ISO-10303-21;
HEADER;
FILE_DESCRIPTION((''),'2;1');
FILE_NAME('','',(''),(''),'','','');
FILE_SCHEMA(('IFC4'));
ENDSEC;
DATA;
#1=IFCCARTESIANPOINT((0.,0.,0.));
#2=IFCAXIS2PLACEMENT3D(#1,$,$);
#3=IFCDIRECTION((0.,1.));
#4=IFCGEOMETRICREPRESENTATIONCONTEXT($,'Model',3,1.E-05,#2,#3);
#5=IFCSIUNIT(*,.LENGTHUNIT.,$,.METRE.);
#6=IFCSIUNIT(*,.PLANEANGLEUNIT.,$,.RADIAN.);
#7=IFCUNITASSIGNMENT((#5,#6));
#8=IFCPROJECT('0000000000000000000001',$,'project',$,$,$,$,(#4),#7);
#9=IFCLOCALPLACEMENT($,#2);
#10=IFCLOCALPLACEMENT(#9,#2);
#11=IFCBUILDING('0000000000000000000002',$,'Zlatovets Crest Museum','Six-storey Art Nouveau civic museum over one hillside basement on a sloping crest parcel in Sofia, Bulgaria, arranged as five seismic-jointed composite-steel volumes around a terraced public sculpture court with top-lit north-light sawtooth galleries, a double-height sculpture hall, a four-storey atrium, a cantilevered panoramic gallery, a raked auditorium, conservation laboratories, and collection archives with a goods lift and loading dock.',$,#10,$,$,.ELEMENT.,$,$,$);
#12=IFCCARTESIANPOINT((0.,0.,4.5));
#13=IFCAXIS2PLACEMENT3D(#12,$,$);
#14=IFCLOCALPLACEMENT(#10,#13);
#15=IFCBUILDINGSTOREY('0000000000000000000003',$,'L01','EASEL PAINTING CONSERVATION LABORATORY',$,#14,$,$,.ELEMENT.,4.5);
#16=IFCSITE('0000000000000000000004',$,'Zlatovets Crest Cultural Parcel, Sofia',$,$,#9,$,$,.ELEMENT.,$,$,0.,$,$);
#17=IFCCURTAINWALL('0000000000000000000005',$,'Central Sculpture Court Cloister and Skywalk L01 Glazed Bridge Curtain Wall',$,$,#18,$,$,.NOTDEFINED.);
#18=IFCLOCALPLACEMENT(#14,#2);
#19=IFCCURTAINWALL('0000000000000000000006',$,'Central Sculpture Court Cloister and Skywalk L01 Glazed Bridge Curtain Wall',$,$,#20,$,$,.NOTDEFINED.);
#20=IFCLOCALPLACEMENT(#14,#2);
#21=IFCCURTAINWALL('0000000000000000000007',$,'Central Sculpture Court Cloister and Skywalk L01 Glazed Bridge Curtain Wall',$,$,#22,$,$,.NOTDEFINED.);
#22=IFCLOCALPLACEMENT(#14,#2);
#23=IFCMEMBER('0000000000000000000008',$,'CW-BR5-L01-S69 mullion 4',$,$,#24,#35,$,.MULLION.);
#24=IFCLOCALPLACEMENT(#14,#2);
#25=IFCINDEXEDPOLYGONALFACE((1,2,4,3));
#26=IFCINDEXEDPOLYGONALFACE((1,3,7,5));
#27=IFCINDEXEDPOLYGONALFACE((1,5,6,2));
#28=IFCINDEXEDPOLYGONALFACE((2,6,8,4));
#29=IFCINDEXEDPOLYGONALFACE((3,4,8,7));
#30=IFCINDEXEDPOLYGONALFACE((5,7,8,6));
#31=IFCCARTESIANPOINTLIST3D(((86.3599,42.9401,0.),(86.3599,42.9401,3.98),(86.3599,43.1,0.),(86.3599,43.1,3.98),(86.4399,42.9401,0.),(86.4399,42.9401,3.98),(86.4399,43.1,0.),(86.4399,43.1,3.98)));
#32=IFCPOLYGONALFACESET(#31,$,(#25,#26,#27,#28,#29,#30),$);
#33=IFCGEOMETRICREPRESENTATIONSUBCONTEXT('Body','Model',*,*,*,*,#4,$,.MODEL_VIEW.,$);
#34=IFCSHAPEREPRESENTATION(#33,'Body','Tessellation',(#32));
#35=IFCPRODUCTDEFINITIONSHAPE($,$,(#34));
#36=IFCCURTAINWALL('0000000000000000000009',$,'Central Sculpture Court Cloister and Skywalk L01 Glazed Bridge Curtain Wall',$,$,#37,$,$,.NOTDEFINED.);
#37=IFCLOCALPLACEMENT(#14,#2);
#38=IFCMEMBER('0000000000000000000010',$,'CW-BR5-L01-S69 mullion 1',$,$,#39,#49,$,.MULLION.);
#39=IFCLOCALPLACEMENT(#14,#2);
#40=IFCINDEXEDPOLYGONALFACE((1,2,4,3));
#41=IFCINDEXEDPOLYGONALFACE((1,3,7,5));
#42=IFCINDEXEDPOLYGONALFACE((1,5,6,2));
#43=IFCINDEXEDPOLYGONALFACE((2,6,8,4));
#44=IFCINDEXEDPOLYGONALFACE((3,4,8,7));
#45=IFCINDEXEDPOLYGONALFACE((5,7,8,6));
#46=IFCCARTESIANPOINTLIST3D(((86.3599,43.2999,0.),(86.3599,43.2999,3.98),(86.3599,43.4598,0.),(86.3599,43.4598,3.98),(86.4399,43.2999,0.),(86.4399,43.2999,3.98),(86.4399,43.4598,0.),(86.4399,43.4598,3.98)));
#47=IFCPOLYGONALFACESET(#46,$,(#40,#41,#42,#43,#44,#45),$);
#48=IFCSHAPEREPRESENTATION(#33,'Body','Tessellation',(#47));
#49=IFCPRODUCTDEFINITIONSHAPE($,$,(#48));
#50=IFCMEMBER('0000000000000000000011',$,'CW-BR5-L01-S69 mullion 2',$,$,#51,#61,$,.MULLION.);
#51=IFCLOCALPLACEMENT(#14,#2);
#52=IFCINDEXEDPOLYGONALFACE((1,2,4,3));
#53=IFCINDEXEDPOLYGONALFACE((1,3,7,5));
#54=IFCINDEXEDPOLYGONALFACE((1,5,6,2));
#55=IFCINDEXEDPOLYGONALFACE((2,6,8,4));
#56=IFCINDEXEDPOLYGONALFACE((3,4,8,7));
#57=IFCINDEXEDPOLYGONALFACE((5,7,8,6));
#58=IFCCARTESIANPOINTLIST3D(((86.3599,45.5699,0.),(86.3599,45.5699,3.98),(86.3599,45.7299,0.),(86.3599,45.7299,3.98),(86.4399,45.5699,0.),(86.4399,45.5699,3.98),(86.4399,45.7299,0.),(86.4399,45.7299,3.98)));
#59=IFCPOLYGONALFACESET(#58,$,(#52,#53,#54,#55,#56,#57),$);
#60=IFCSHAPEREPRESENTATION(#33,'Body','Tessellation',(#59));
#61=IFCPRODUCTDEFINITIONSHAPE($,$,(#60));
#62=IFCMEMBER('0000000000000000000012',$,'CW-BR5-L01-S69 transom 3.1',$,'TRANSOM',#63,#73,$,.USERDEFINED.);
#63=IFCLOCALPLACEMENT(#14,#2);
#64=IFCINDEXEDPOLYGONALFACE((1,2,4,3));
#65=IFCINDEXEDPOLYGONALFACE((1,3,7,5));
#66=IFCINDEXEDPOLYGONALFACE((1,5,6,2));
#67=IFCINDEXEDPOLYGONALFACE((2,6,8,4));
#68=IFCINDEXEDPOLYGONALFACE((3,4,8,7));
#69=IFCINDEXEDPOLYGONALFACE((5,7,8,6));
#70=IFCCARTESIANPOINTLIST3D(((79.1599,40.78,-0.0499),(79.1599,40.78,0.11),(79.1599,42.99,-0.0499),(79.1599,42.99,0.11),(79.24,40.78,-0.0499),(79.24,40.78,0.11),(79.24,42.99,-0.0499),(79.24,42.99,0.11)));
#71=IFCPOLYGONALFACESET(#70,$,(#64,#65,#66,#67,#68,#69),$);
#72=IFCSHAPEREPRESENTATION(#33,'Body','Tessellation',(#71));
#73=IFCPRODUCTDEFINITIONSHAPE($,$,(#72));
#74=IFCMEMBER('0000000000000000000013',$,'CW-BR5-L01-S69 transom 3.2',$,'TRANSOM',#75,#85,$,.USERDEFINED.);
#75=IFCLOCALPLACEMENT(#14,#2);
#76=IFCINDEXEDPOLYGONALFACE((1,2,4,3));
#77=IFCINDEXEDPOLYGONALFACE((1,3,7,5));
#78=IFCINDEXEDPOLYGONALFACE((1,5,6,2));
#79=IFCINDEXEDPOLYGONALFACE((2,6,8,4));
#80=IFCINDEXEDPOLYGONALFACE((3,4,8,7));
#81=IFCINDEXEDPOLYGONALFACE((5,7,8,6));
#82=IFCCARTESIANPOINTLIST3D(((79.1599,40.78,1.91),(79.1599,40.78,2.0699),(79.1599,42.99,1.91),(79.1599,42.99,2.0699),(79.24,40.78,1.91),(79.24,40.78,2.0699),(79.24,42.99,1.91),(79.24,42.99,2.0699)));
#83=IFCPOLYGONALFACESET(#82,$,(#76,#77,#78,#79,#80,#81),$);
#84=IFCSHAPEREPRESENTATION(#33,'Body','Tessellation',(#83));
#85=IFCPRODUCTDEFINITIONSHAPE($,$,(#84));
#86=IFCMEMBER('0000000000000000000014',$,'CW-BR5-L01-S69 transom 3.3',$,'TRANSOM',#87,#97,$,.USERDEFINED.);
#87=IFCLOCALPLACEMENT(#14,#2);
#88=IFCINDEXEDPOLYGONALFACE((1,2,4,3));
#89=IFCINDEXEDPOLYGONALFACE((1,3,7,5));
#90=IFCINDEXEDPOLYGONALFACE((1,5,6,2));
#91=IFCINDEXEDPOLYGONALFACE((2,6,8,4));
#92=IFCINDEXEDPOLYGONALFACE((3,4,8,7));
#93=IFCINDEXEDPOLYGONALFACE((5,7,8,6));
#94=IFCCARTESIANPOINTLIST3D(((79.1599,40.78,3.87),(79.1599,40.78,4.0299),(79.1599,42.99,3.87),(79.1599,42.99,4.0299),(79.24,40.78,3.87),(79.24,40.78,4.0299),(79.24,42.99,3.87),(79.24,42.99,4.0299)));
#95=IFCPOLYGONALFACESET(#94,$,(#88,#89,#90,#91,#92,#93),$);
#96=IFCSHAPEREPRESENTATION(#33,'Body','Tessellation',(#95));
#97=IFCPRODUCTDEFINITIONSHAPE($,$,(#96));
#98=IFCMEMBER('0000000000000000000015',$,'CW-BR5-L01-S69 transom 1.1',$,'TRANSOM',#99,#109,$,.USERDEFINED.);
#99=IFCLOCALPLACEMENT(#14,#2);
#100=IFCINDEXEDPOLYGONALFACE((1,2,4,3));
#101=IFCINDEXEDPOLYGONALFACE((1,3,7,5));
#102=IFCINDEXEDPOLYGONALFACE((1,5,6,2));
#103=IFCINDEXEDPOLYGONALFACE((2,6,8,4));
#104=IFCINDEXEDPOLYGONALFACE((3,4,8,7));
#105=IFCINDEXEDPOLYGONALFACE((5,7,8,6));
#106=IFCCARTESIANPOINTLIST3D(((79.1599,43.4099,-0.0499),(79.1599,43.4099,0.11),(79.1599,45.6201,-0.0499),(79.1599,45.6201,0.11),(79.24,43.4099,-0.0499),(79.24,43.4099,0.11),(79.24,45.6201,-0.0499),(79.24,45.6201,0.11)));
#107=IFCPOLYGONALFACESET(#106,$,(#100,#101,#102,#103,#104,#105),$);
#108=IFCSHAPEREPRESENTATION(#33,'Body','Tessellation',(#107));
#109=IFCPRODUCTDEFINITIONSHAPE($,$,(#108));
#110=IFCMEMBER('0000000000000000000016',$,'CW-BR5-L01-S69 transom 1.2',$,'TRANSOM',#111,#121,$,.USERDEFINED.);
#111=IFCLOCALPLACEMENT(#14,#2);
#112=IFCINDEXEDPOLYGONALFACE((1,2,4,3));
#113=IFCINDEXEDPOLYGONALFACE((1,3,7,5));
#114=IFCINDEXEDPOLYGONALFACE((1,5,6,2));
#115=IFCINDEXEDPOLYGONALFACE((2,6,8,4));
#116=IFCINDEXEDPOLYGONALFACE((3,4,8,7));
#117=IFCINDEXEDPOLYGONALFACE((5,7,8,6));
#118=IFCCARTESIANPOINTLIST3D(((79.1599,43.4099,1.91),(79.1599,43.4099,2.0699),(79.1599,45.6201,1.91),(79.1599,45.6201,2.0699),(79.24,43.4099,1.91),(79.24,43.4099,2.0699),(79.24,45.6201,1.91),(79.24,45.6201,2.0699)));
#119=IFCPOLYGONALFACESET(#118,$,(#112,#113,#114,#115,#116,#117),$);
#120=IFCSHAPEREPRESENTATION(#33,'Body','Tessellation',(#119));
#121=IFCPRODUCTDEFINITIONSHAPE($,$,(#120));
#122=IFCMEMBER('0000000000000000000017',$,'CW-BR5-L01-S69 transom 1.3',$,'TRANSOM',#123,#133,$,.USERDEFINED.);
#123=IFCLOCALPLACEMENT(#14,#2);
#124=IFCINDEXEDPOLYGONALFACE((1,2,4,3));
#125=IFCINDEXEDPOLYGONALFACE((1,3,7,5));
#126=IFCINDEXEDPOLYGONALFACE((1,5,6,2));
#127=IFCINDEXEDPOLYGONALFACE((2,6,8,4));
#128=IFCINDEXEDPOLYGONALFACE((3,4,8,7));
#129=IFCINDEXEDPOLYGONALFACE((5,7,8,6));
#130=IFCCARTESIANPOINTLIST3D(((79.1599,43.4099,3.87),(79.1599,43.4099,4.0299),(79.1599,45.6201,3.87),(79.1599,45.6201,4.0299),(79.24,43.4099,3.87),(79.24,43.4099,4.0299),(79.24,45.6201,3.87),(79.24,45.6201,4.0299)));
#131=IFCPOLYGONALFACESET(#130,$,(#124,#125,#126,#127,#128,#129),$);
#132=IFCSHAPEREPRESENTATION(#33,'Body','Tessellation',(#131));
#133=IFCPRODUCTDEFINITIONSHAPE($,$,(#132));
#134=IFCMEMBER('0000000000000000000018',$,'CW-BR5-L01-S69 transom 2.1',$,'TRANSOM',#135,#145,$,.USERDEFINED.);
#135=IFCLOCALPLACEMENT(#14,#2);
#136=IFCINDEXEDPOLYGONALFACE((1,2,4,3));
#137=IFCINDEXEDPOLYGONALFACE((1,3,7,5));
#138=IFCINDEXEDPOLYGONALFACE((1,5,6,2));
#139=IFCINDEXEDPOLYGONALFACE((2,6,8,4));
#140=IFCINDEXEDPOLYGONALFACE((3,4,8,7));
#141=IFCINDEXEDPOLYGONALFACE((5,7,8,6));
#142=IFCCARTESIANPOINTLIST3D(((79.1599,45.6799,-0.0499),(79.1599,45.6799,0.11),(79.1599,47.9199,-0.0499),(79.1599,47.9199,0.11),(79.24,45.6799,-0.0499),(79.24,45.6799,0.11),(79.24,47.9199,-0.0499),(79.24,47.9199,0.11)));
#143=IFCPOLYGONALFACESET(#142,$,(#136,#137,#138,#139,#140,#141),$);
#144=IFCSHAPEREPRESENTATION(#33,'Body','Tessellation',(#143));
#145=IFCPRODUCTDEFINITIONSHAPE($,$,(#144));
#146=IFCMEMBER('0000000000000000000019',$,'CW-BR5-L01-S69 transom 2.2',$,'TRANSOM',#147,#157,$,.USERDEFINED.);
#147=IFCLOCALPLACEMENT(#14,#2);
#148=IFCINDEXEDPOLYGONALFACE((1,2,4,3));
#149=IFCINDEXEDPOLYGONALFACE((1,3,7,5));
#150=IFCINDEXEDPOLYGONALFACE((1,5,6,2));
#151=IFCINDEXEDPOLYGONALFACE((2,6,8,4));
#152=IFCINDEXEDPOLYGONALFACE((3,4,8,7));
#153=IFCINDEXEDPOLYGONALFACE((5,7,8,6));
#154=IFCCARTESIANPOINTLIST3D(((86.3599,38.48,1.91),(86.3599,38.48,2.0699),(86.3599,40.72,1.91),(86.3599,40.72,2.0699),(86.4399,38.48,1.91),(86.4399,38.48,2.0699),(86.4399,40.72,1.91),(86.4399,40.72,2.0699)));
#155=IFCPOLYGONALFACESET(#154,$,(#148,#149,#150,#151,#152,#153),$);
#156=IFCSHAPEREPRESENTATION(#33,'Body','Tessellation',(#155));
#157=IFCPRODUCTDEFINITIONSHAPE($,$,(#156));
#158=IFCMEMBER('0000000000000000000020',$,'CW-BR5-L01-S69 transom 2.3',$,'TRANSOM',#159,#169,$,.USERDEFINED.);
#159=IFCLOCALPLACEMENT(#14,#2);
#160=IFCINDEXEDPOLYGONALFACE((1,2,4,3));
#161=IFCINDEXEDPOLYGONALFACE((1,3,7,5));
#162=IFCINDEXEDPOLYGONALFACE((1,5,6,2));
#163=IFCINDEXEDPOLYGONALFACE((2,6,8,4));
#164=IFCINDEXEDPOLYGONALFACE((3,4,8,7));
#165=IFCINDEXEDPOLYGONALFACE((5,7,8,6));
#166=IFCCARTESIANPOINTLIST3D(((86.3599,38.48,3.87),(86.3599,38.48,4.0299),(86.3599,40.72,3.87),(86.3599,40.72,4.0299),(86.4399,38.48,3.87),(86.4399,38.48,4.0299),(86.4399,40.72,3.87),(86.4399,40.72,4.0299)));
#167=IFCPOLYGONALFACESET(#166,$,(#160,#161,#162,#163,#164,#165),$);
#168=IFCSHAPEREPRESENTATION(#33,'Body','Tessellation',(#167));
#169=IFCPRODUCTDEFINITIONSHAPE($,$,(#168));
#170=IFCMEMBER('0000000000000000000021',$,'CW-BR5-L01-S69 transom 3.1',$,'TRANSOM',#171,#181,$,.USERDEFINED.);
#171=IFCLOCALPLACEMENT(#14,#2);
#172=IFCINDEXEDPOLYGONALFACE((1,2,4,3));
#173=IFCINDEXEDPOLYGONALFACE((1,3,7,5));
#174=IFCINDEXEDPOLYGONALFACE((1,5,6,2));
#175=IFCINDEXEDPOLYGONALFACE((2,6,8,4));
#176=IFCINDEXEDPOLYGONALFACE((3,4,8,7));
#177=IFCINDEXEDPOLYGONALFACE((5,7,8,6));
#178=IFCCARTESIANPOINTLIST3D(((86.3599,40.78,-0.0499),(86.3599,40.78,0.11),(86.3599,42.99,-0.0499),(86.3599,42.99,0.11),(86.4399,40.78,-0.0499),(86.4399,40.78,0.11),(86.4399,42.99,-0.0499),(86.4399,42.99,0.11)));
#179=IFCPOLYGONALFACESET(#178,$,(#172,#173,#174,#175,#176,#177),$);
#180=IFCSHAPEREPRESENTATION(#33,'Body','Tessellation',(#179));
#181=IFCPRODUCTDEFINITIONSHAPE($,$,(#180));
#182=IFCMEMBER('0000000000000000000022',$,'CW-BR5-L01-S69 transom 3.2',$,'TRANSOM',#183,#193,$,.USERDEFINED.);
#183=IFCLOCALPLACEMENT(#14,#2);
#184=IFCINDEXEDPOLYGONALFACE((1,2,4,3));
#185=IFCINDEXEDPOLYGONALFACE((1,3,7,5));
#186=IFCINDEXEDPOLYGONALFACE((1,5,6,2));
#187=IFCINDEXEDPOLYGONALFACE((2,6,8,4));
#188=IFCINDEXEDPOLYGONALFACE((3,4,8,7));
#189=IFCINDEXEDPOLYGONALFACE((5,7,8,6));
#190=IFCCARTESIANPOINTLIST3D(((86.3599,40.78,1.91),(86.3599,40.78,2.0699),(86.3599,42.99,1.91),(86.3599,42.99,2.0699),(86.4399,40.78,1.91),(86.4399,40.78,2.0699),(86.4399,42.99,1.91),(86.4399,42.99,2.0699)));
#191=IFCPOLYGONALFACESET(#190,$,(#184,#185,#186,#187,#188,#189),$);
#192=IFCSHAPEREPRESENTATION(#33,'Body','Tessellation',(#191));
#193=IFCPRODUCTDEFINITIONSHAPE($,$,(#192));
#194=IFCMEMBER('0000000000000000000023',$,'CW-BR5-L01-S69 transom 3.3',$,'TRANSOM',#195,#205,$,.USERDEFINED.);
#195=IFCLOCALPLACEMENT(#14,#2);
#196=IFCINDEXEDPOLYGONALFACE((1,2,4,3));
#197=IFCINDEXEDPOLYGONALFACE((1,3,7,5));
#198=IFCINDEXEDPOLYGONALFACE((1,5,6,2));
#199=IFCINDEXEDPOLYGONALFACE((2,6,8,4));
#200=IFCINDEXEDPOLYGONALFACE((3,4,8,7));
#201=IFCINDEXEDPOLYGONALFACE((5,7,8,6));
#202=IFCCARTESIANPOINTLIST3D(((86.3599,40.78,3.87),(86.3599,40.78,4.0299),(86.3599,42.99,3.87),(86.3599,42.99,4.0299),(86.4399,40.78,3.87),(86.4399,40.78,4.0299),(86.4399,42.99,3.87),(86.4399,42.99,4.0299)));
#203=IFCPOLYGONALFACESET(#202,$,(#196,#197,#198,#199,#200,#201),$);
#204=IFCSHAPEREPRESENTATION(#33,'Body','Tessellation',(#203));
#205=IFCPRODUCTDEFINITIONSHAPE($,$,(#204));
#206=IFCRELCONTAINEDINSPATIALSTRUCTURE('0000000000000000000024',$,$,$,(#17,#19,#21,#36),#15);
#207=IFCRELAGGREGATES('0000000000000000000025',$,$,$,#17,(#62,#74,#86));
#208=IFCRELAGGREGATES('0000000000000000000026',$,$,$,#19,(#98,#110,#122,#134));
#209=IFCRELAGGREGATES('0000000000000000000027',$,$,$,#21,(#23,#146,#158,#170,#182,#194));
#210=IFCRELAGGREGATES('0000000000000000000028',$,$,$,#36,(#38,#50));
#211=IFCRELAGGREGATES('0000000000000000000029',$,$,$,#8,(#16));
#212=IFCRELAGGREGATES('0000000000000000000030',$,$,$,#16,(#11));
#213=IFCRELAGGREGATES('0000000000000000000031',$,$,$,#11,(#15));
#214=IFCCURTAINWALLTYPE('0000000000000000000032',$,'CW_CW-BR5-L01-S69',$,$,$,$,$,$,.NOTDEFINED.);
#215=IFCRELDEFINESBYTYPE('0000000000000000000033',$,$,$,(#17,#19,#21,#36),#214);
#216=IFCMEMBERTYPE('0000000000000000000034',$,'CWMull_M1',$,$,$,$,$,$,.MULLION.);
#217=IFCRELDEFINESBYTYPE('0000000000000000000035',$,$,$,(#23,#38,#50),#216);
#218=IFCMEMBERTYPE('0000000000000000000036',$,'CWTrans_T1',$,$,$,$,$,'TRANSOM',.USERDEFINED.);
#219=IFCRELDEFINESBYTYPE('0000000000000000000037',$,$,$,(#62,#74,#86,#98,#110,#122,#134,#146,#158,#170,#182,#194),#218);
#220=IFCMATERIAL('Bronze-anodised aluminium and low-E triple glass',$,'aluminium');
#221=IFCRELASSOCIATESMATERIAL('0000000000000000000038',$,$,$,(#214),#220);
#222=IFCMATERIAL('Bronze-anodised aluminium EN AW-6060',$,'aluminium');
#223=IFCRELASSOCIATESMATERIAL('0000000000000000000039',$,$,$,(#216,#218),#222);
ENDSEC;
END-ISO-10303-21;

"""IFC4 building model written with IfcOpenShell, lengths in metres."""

from ifc_helpers import new_model, si_unit, direction, frame, origin, origin_2d, place, context, subcontext, project, spatial, rectangle, extrude, material, material_profile, profile_set, type_object, element, aggregate, save


model = new_model("IFC4")

# Units and contexts
model_context = context("Model", 3, precision=1e-05, world=origin(), true_north=direction((0.0, 1.0)))
body_context = subcontext(model_context, "Body", "Model", "MODEL_VIEW")
ifc_project = project(units=[si_unit("LENGTHUNIT", "METRE"), si_unit("PLANEANGLEUNIT", "RADIAN")], contexts=[model_context])

# Site, building, storey
site_placement = place(None, origin())
site = spatial("IfcSite", under=ifc_project, at=site_placement, Name="Zlatovets Crest Cultural Parcel, Sofia", CompositionType="ELEMENT", RefElevation=0.0)
building_placement = place(site_placement, origin())
building = spatial("IfcBuilding", under=site, at=building_placement, Name="Zlatovets Crest Museum", Description="Six-storey Art Nouveau civic museum over one hillside basement on a sloping crest parcel in Sofia, Bulgaria, arranged as five seismic-jointed composite-steel volumes around a terraced public sculpture court with top-lit north-light sawtooth galleries, a double-height sculpture hall, a four-storey atrium, a cantilevered panoramic gallery, a raked auditorium, conservation laboratories, and collection archives with a goods lift and loading dock.", CompositionType="ELEMENT")
storey_placement = place(building_placement, frame((0.0, 0.0, 4.5)))
storey = spatial("IfcBuildingStorey", under=building, at=storey_placement, Name="L01", Description="EASEL PAINTING CONSERVATION LABORATORY", CompositionType="ELEMENT", Elevation=4.5)

# Curtain walls, members
ifc_material_1 = material(Name="Bronze-anodised aluminium and low-E triple glass", Category="aluminium")
curtain_wall_type = type_object("IfcCurtainWallType", Name="CW_CW-BR5-L01-S69", PredefinedType="NOTDEFINED", material=ifc_material_1)
curtain_wall_1_placement = place(storey_placement, origin())
curtain_wall_1 = element("IfcCurtainWall", 1, at=curtain_wall_1_placement, inside=storey, type_object=curtain_wall_type, Name="Central Sculpture Court Cloister and Skywalk L01 Glazed Bridge Curtain Wall", PredefinedType="NOTDEFINED")
ifc_material_2 = material(Name="Bronze-anodised aluminium EN AW-6060", Category="aluminium")
ifc_material_profile_1 = material_profile(ifc_material_2, rectangle(XDim=0.0801, YDim=0.1599, at=origin_2d()), Name="ALU 80x160")
ifc_profile_set_1 = profile_set([ifc_material_profile_1], Name="Bronze-anodised aluminium EN AW-6060")
member_type_1 = type_object("IfcMemberType", Name="CWMull_M1", PredefinedType="MULLION", material=ifc_profile_set_1)
curtain_wall_2_placement = place(storey_placement, origin())
curtain_wall_2 = element("IfcCurtainWall", 2, at=curtain_wall_2_placement, inside=storey, type_object=curtain_wall_type, Name="Central Sculpture Court Cloister and Skywalk L01 Glazed Bridge Curtain Wall", PredefinedType="NOTDEFINED")
curtain_wall_3_placement = place(storey_placement, origin())
curtain_wall_3 = element("IfcCurtainWall", 3, at=curtain_wall_3_placement, inside=storey, type_object=curtain_wall_type, Name="Central Sculpture Court Cloister and Skywalk L01 Glazed Bridge Curtain Wall", PredefinedType="NOTDEFINED")
member_1_placement = place(storey_placement, frame((86.3999, 43.02, 0.0), z_axis=(0.0, 0.0, 1.0), x_axis=(-1.0, 0.0, 0.0)))
member_1 = element("IfcMember", 4, at=member_1_placement, type_object=member_type_1, Name="CW-BR5-L01-S69 mullion 4", PredefinedType="MULLION", context=body_context, shape_type="SweptSolid", body=[
    extrude(rectangle(XDim=0.0801, YDim=0.1599, at=origin_2d()), origin(), (0.0, 0.0, 1.0), 3.98),
])
curtain_wall_4_placement = place(storey_placement, origin())
curtain_wall_4 = element("IfcCurtainWall", 5, at=curtain_wall_4_placement, inside=storey, type_object=curtain_wall_type, Name="Central Sculpture Court Cloister and Skywalk L01 Glazed Bridge Curtain Wall", PredefinedType="NOTDEFINED")
member_2_placement = place(storey_placement, frame((86.3999, 43.3799, 0.0), z_axis=(0.0, 0.0, 1.0), x_axis=(-1.0, 0.0, 0.0)))
member_2 = element("IfcMember", 6, at=member_2_placement, type_object=member_type_1, Name="CW-BR5-L01-S69 mullion 1", PredefinedType="MULLION", context=body_context, shape_type="SweptSolid", body=[
    extrude(rectangle(XDim=0.0801, YDim=0.1599, at=origin_2d()), origin(), (0.0, 0.0, 1.0), 3.98),
])
member_3_placement = place(storey_placement, frame((86.3999, 45.6499, 0.0), z_axis=(0.0, 0.0, 1.0), x_axis=(-1.0, 0.0, 0.0)))
member_3 = element("IfcMember", 7, at=member_3_placement, type_object=member_type_1, Name="CW-BR5-L01-S69 mullion 2", PredefinedType="MULLION", context=body_context, shape_type="SweptSolid", body=[
    extrude(rectangle(XDim=0.0801, YDim=0.1599, at=origin_2d()), origin(), (0.0, 0.0, 1.0), 3.98),
])

# Members
ifc_material_profile_2 = material_profile(ifc_material_2, rectangle(XDim=0.0801, YDim=0.1599, at=origin_2d()), Name="ALU 80x160")
ifc_profile_set_2 = profile_set([ifc_material_profile_2], Name="Bronze-anodised aluminium EN AW-6060")
member_type_2 = type_object("IfcMemberType", Name="CWTrans_T1", ElementType="TRANSOM", PredefinedType="USERDEFINED", material=ifc_profile_set_2)
member_4_placement = place(storey_placement, frame((79.2, 40.78, 0.03), z_axis=(0.0, 1.0, 0.0), x_axis=(-1.0, 0.0, 0.0)))
member_4 = element("IfcMember", 8, at=member_4_placement, type_object=member_type_2, Name="CW-BR5-L01-S69 transom 3.1", ObjectType="TRANSOM", PredefinedType="USERDEFINED", context=body_context, shape_type="SweptSolid", body=[
    extrude(rectangle(XDim=0.0801, YDim=0.1599, at=origin_2d()), origin(), (0.0, 0.0, 1.0), 2.21),
])
member_5_placement = place(storey_placement, frame((79.2, 40.78, 1.99), z_axis=(0.0, 1.0, 0.0), x_axis=(-1.0, 0.0, 0.0)))
member_5 = element("IfcMember", 9, at=member_5_placement, type_object=member_type_2, Name="CW-BR5-L01-S69 transom 3.2", ObjectType="TRANSOM", PredefinedType="USERDEFINED", context=body_context, shape_type="SweptSolid", body=[
    extrude(rectangle(XDim=0.0801, YDim=0.1599, at=origin_2d()), origin(), (0.0, 0.0, 1.0), 2.21),
])
member_6_placement = place(storey_placement, frame((79.2, 40.78, 3.95), z_axis=(0.0, 1.0, 0.0), x_axis=(-1.0, 0.0, 0.0)))
member_6 = element("IfcMember", 10, at=member_6_placement, type_object=member_type_2, Name="CW-BR5-L01-S69 transom 3.3", ObjectType="TRANSOM", PredefinedType="USERDEFINED", context=body_context, shape_type="SweptSolid", body=[
    extrude(rectangle(XDim=0.0801, YDim=0.1599, at=origin_2d()), origin(), (0.0, 0.0, 1.0), 2.21),
])
member_7_placement = place(storey_placement, frame((79.2, 43.4099, 0.03), z_axis=(0.0, 1.0, 0.0), x_axis=(-1.0, 0.0, 0.0)))
member_7 = element("IfcMember", 11, at=member_7_placement, type_object=member_type_2, Name="CW-BR5-L01-S69 transom 1.1", ObjectType="TRANSOM", PredefinedType="USERDEFINED", context=body_context, shape_type="SweptSolid", body=[
    extrude(rectangle(XDim=0.0801, YDim=0.1599, at=origin_2d()), origin(), (0.0, 0.0, 1.0), 2.2102),
])
member_8_placement = place(storey_placement, frame((79.2, 43.4099, 1.99), z_axis=(0.0, 1.0, 0.0), x_axis=(-1.0, 0.0, 0.0)))
member_8 = element("IfcMember", 12, at=member_8_placement, type_object=member_type_2, Name="CW-BR5-L01-S69 transom 1.2", ObjectType="TRANSOM", PredefinedType="USERDEFINED", context=body_context, shape_type="SweptSolid", body=[
    extrude(rectangle(XDim=0.0801, YDim=0.1599, at=origin_2d()), origin(), (0.0, 0.0, 1.0), 2.2102),
])
member_9_placement = place(storey_placement, frame((79.2, 43.4099, 3.95), z_axis=(0.0, 1.0, 0.0), x_axis=(-1.0, 0.0, 0.0)))
member_9 = element("IfcMember", 13, at=member_9_placement, type_object=member_type_2, Name="CW-BR5-L01-S69 transom 1.3", ObjectType="TRANSOM", PredefinedType="USERDEFINED", context=body_context, shape_type="SweptSolid", body=[
    extrude(rectangle(XDim=0.0801, YDim=0.1599, at=origin_2d()), origin(), (0.0, 0.0, 1.0), 2.2102),
])
member_10_placement = place(storey_placement, frame((79.2, 45.6799, 0.03), z_axis=(0.0, 1.0, 0.0), x_axis=(-1.0, 0.0, 0.0)))
member_10 = element("IfcMember", 14, at=member_10_placement, type_object=member_type_2, Name="CW-BR5-L01-S69 transom 2.1", ObjectType="TRANSOM", PredefinedType="USERDEFINED", context=body_context, shape_type="SweptSolid", body=[
    extrude(rectangle(XDim=0.0801, YDim=0.1599, at=origin_2d()), origin(), (0.0, 0.0, 1.0), 2.24),
])
member_11_placement = place(storey_placement, frame((86.3999, 38.48, 1.99), z_axis=(0.0, 1.0, 0.0), x_axis=(-1.0, 0.0, 0.0)))
member_11 = element("IfcMember", 15, at=member_11_placement, type_object=member_type_2, Name="CW-BR5-L01-S69 transom 2.2", ObjectType="TRANSOM", PredefinedType="USERDEFINED", context=body_context, shape_type="SweptSolid", body=[
    extrude(rectangle(XDim=0.0801, YDim=0.1599, at=origin_2d()), origin(), (0.0, 0.0, 1.0), 2.24),
])
member_12_placement = place(storey_placement, frame((86.3999, 38.48, 3.95), z_axis=(0.0, 1.0, 0.0), x_axis=(-1.0, 0.0, 0.0)))
member_12 = element("IfcMember", 16, at=member_12_placement, type_object=member_type_2, Name="CW-BR5-L01-S69 transom 2.3", ObjectType="TRANSOM", PredefinedType="USERDEFINED", context=body_context, shape_type="SweptSolid", body=[
    extrude(rectangle(XDim=0.0801, YDim=0.1599, at=origin_2d()), origin(), (0.0, 0.0, 1.0), 2.24),
])
member_13_placement = place(storey_placement, frame((86.3999, 40.78, 0.03), z_axis=(0.0, 1.0, 0.0), x_axis=(-1.0, 0.0, 0.0)))
member_13 = element("IfcMember", 17, at=member_13_placement, type_object=member_type_2, Name="CW-BR5-L01-S69 transom 3.1", ObjectType="TRANSOM", PredefinedType="USERDEFINED", context=body_context, shape_type="SweptSolid", body=[
    extrude(rectangle(XDim=0.0801, YDim=0.1599, at=origin_2d()), origin(), (0.0, 0.0, 1.0), 2.21),
])
member_14_placement = place(storey_placement, frame((86.3999, 40.78, 1.99), z_axis=(0.0, 1.0, 0.0), x_axis=(-1.0, 0.0, 0.0)))
member_14 = element("IfcMember", 18, at=member_14_placement, type_object=member_type_2, Name="CW-BR5-L01-S69 transom 3.2", ObjectType="TRANSOM", PredefinedType="USERDEFINED", context=body_context, shape_type="SweptSolid", body=[
    extrude(rectangle(XDim=0.0801, YDim=0.1599, at=origin_2d()), origin(), (0.0, 0.0, 1.0), 2.21),
])
member_15_placement = place(storey_placement, frame((86.3999, 40.78, 3.95), z_axis=(0.0, 1.0, 0.0), x_axis=(-1.0, 0.0, 0.0)))
member_15 = element("IfcMember", 19, at=member_15_placement, type_object=member_type_2, Name="CW-BR5-L01-S69 transom 3.3", ObjectType="TRANSOM", PredefinedType="USERDEFINED", context=body_context, shape_type="SweptSolid", body=[
    extrude(rectangle(XDim=0.0801, YDim=0.1599, at=origin_2d()), origin(), (0.0, 0.0, 1.0), 2.21),
])

aggregate(curtain_wall_1, [member_4, member_5, member_6])
aggregate(curtain_wall_2, [member_7, member_8, member_9, member_10])
aggregate(curtain_wall_3, [member_1, member_11, member_12, member_13, member_14, member_15])
aggregate(curtain_wall_4, [member_2, member_3])

save(model, "model.ifc")
